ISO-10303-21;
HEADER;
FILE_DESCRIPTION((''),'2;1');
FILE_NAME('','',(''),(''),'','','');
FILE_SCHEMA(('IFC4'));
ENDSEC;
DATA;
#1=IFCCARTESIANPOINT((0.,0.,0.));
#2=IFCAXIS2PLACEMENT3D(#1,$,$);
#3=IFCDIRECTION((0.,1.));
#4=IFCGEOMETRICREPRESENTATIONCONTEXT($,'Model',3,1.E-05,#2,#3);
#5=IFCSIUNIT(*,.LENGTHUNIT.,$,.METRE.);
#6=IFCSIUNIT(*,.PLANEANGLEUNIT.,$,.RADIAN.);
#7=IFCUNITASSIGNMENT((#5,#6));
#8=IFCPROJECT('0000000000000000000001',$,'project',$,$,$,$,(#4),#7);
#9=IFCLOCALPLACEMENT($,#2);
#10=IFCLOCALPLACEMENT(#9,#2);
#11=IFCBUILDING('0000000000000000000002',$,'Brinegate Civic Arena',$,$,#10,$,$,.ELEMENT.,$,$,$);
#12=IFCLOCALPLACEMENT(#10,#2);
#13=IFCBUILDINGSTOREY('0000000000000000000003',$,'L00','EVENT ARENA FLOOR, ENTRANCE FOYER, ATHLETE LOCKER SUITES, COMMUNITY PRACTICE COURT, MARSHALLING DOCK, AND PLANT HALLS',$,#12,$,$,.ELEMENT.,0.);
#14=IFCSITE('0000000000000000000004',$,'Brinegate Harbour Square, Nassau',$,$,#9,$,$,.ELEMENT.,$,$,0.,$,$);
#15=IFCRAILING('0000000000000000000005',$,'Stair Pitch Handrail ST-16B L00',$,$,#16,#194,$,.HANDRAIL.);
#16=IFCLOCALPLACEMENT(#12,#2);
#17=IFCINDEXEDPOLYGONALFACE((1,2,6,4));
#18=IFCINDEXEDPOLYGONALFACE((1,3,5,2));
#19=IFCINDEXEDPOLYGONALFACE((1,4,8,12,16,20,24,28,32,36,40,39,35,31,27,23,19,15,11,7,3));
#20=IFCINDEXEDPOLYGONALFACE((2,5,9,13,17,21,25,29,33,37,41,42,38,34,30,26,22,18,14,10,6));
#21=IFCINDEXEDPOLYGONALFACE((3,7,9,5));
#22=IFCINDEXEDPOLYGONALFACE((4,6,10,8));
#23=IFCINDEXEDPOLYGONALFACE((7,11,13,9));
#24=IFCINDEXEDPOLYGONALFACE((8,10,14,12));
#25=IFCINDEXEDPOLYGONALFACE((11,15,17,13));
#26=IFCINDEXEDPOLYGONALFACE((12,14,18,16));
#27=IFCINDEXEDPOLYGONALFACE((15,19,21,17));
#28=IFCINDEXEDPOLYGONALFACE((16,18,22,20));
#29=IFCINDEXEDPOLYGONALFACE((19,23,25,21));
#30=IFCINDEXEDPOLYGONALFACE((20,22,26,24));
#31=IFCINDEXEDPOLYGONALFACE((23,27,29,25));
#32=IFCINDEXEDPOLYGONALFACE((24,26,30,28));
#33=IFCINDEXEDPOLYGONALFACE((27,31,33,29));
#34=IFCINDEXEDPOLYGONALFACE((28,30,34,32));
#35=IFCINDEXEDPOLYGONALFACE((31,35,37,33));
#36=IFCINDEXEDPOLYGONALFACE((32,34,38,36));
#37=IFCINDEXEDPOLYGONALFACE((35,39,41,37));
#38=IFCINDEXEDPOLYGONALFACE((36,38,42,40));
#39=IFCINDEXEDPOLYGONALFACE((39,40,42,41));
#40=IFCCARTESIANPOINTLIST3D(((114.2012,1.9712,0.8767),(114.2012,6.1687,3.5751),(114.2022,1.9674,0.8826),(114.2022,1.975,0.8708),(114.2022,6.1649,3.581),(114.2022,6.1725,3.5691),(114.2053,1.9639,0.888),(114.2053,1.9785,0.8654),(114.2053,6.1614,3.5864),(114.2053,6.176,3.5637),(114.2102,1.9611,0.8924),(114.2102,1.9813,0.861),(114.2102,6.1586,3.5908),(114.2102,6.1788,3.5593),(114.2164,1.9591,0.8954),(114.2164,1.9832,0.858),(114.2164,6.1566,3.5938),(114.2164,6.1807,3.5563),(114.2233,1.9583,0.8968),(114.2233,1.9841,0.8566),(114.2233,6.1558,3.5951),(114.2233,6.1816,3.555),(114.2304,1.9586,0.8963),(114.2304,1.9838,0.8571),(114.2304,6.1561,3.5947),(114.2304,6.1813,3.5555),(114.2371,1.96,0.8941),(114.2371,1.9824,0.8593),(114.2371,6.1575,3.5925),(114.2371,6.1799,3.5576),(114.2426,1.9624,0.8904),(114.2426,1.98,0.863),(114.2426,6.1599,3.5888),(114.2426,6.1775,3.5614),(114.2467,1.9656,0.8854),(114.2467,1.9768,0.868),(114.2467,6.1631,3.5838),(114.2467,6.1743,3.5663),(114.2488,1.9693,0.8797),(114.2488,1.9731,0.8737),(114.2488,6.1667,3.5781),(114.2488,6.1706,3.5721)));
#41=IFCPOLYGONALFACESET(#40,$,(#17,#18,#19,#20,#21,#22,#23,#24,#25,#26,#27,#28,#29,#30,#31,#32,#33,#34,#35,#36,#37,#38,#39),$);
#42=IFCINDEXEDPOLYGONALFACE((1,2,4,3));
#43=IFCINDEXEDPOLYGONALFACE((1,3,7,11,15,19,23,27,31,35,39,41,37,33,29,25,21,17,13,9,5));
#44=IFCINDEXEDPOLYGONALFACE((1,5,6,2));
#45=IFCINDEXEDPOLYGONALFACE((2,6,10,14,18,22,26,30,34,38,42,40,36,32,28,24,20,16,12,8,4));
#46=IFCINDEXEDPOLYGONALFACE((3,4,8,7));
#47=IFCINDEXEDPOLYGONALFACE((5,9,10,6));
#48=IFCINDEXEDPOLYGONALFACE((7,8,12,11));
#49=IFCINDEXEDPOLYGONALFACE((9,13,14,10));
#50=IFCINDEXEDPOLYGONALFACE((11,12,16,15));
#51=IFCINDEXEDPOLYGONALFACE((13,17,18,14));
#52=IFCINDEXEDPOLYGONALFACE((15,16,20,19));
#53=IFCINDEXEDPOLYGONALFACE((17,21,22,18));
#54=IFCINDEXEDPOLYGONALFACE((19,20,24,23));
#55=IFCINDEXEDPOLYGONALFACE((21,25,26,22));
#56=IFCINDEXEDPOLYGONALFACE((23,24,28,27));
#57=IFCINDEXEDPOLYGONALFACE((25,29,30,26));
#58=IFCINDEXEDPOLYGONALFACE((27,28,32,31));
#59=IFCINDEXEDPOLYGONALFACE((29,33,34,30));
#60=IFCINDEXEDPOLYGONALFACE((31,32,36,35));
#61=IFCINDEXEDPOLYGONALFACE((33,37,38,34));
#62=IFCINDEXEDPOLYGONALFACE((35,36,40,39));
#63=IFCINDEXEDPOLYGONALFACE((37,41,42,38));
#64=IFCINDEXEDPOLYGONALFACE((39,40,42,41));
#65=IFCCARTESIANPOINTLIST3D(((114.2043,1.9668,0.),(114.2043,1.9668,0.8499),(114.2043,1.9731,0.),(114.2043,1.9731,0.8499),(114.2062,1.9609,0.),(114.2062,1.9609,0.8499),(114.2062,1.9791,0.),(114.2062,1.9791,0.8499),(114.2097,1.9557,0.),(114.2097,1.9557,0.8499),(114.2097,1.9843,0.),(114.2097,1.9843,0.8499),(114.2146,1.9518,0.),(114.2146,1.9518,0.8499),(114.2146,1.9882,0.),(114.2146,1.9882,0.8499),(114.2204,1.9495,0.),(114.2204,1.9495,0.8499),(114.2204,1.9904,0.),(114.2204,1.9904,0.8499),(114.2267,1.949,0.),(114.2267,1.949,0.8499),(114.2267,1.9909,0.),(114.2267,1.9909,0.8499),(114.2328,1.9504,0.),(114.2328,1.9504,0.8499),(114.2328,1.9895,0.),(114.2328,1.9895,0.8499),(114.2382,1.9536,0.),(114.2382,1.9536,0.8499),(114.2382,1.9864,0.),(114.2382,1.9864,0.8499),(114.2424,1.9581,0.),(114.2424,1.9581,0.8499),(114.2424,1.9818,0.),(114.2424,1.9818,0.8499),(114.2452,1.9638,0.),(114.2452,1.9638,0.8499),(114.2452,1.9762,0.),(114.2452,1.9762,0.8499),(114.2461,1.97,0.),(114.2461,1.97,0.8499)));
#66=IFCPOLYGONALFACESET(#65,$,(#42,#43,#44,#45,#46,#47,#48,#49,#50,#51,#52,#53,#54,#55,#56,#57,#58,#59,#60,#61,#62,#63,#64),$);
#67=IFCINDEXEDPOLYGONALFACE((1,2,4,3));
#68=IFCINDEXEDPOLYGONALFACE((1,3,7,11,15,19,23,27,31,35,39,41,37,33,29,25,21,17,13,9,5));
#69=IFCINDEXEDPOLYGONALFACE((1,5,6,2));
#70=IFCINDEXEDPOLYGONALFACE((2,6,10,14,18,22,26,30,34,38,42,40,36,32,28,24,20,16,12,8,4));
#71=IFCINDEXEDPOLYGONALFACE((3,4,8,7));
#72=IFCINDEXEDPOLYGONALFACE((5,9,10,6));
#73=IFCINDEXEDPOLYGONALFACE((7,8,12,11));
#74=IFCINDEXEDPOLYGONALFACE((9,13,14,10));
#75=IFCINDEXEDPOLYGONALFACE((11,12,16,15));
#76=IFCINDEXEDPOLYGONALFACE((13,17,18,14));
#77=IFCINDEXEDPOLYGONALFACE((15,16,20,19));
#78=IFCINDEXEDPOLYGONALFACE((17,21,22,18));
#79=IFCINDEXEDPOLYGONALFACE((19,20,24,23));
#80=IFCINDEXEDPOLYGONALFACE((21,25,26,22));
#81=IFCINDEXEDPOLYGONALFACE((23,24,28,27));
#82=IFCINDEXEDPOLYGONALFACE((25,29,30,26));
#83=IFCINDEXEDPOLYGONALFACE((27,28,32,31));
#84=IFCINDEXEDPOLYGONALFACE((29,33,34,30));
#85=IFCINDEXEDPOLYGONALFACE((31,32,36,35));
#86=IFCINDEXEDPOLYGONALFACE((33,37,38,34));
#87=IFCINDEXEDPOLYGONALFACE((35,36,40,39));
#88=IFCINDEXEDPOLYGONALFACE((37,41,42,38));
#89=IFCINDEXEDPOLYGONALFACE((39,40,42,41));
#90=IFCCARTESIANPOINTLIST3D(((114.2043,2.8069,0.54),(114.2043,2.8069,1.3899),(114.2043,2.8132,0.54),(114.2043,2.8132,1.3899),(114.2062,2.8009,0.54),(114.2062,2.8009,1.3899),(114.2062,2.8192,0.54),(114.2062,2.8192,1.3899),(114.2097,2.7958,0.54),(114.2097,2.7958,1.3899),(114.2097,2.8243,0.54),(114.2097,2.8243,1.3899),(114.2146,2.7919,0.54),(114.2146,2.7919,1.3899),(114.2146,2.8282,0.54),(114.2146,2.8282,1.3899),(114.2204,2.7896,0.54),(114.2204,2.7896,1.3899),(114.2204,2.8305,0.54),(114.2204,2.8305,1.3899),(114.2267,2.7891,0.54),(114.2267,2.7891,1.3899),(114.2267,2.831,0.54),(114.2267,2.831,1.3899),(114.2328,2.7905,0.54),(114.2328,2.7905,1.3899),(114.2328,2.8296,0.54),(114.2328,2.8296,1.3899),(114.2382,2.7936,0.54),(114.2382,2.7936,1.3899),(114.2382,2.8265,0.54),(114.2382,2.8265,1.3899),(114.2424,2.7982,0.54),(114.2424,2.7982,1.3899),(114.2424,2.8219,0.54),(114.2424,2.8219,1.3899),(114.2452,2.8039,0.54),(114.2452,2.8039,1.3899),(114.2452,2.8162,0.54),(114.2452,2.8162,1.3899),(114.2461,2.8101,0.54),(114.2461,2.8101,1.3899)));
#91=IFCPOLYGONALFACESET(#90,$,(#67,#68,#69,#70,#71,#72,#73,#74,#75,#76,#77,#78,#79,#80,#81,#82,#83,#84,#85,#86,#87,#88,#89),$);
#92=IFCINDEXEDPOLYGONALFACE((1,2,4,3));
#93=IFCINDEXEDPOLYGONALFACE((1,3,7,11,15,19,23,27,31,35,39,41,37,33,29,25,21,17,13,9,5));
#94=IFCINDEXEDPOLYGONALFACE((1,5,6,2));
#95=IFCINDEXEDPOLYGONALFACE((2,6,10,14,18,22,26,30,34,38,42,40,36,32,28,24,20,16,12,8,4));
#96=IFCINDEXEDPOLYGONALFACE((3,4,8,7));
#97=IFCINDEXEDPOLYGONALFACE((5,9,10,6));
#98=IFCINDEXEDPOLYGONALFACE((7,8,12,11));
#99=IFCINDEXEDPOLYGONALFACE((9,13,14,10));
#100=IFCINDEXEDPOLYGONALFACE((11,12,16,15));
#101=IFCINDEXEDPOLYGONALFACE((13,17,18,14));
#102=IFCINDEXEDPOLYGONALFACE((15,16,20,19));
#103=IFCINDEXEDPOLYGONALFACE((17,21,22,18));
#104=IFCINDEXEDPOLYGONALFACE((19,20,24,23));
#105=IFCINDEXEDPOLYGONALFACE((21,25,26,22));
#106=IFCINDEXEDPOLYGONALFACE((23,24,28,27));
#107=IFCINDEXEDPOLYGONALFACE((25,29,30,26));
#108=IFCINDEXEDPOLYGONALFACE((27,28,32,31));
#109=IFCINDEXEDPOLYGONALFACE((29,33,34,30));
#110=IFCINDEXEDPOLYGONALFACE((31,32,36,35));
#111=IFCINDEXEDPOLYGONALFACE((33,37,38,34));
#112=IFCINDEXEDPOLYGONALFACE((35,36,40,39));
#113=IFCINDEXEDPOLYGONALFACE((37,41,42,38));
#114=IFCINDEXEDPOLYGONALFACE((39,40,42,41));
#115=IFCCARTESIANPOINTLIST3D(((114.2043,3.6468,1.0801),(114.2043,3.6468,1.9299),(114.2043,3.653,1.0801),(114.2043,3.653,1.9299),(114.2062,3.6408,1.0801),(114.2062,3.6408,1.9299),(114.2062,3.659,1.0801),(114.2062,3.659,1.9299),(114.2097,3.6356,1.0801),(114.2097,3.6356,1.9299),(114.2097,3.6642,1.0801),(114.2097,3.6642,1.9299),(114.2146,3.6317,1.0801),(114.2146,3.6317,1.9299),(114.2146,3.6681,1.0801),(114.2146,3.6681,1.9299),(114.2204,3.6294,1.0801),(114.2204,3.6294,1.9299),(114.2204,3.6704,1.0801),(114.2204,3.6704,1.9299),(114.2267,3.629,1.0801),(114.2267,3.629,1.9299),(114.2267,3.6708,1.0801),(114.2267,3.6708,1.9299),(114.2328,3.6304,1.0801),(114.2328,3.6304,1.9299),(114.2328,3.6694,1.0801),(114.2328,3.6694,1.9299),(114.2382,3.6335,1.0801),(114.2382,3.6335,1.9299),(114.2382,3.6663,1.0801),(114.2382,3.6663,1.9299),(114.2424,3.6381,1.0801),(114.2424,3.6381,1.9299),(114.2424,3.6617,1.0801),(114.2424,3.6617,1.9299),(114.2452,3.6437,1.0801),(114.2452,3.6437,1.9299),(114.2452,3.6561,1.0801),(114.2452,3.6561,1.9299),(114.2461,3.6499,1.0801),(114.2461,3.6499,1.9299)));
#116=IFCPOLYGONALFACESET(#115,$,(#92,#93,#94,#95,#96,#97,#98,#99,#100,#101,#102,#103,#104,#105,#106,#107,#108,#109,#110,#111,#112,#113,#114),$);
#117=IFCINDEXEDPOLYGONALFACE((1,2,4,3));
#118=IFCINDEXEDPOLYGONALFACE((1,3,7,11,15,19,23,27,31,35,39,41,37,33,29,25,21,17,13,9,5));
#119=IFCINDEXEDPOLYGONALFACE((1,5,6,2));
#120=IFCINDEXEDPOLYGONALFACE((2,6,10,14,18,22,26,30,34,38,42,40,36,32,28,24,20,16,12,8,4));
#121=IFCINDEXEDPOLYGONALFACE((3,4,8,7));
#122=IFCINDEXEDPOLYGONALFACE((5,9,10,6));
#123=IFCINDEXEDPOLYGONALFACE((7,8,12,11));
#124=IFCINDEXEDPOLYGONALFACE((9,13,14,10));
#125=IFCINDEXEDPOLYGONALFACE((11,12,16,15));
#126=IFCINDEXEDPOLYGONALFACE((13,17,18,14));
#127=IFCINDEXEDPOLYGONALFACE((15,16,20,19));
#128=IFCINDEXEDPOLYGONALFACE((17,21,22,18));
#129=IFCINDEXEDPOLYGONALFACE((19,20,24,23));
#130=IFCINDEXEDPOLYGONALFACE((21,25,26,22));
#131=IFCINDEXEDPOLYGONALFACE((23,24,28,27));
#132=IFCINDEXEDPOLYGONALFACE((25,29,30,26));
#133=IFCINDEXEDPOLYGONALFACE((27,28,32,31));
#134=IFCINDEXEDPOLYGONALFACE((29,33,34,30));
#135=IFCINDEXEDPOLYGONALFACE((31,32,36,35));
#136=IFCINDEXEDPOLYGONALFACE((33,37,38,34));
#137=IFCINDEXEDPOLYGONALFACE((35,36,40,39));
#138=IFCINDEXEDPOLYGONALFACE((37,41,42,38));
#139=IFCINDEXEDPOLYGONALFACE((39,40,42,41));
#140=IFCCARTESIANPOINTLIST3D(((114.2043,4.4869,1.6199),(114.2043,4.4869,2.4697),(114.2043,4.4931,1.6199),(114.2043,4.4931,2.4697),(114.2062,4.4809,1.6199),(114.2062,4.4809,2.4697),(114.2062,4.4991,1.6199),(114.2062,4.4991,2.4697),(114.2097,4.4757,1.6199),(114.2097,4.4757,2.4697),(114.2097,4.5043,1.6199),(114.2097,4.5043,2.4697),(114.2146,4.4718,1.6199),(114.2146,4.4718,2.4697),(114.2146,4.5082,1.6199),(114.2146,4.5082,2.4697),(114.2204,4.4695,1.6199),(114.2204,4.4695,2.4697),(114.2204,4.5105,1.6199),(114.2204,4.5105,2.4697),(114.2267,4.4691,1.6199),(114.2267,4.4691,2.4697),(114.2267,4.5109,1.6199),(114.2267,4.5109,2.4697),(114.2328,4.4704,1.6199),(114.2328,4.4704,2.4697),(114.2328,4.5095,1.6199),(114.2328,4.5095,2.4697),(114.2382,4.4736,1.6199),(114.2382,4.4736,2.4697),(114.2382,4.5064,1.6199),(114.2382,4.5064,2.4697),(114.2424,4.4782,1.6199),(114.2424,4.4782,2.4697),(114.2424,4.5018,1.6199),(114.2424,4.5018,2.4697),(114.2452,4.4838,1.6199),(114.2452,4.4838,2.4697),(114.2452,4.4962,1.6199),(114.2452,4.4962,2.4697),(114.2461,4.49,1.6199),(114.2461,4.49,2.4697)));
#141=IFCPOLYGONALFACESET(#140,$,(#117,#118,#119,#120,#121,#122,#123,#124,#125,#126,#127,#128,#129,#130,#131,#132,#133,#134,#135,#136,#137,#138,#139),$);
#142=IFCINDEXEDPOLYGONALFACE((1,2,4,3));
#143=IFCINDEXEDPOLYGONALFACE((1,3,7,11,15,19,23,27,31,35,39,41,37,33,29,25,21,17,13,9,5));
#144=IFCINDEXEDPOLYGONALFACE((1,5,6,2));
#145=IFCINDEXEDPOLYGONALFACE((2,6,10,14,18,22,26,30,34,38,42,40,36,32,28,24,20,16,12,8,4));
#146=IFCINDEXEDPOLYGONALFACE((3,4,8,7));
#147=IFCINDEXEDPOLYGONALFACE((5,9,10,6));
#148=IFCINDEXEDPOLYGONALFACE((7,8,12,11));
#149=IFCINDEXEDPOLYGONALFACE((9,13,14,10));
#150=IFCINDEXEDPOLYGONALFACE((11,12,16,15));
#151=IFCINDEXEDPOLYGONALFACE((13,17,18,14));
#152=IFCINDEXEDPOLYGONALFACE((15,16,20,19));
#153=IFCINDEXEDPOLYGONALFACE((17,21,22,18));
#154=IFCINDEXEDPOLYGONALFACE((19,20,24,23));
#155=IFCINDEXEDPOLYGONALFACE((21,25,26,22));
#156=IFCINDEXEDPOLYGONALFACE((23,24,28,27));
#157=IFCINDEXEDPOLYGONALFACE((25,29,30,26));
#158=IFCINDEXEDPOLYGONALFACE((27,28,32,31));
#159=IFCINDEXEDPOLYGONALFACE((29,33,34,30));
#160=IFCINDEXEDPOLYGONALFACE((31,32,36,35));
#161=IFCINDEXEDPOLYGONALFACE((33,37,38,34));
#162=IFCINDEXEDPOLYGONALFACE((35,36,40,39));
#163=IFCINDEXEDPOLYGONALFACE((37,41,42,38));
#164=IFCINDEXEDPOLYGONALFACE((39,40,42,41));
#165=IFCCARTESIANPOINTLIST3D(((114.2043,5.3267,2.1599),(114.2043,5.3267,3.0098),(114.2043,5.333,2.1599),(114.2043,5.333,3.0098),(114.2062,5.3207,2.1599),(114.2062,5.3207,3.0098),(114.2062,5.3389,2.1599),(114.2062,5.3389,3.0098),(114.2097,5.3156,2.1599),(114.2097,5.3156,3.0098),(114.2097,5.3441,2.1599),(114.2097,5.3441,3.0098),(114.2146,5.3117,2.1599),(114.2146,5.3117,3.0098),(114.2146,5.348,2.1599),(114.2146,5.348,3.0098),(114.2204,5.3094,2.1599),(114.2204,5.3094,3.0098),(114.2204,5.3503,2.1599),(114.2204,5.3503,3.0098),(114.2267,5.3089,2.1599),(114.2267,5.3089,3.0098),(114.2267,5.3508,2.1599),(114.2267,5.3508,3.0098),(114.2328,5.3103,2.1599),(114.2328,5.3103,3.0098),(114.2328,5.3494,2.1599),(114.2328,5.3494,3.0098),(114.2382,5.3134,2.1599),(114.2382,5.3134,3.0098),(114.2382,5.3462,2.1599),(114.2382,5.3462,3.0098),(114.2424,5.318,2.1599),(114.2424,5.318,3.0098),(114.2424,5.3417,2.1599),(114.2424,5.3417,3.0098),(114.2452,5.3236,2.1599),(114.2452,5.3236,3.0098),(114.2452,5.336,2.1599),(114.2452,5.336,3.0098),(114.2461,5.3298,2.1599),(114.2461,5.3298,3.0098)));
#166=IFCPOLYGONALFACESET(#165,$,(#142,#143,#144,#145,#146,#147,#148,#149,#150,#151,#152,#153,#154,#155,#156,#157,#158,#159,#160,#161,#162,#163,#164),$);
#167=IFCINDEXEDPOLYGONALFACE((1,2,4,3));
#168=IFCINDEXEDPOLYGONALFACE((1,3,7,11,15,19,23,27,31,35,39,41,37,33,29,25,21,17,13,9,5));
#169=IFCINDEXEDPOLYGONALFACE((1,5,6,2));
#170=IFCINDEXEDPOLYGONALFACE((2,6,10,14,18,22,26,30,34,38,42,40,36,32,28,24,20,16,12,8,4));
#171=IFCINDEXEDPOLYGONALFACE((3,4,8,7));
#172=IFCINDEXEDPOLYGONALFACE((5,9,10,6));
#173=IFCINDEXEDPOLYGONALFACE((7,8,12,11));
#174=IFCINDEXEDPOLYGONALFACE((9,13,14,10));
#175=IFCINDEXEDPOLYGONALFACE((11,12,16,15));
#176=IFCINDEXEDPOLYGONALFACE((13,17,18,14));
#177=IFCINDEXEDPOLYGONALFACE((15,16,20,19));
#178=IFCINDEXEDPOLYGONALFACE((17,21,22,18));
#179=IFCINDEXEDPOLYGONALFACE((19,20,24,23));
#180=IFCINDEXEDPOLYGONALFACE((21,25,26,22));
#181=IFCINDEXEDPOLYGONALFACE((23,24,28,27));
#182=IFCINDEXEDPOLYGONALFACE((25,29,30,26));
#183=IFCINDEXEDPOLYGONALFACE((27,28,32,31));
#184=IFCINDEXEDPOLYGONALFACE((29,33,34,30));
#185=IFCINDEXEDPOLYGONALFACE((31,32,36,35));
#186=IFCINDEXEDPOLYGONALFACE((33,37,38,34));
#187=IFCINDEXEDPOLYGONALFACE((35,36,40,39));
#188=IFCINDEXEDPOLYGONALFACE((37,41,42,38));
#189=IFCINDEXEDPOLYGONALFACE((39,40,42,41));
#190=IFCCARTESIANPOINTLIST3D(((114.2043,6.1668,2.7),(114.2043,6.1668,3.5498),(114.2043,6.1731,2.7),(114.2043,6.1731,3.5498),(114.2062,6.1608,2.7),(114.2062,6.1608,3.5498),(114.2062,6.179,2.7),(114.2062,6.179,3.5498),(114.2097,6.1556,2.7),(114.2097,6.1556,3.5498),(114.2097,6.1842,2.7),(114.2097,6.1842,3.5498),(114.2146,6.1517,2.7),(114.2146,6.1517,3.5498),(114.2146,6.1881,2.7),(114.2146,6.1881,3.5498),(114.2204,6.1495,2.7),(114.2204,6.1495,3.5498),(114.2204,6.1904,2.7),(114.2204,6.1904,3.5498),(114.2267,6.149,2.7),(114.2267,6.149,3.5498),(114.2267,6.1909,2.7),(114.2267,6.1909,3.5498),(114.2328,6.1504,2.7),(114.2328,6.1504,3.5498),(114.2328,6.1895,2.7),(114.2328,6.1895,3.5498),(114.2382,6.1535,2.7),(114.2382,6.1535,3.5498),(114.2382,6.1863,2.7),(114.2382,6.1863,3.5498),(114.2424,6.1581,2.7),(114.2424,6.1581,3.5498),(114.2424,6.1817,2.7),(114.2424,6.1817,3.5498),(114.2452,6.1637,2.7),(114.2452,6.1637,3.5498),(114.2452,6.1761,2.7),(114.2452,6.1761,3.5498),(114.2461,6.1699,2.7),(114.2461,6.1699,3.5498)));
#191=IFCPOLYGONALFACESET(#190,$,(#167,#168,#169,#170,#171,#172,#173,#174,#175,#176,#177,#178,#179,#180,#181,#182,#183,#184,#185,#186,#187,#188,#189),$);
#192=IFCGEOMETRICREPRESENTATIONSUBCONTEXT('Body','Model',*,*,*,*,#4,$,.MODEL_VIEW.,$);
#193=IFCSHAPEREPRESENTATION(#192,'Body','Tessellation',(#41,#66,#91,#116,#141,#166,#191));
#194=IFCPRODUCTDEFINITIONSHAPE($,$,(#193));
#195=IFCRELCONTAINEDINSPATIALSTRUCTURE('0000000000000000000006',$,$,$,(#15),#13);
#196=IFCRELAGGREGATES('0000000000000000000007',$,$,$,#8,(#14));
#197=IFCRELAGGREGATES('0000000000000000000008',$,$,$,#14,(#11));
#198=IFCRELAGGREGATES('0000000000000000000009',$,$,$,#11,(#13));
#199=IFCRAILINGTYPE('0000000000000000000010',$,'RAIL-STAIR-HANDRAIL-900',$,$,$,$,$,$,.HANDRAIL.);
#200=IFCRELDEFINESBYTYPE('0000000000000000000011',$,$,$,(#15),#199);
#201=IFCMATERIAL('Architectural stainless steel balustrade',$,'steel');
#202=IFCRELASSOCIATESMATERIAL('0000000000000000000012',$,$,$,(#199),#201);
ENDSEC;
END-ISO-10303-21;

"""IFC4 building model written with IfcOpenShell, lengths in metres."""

from ifc_helpers import new_model, si_unit, direction, frame, origin, origin_2d, place, context, subcontext, project, spatial, circle, extrude, material, type_object, element, save


model = new_model("IFC4")

# Units and contexts
model_context = context("Model", 3, precision=1e-05, world=origin(), true_north=direction((0.0, 1.0)))
body_context = subcontext(model_context, "Body", "Model", "MODEL_VIEW")
ifc_project = project(units=[si_unit("LENGTHUNIT", "METRE"), si_unit("PLANEANGLEUNIT", "RADIAN")], contexts=[model_context])

# Site, building, storey
site_placement = place(None, origin())
site = spatial("IfcSite", under=ifc_project, at=site_placement, Name="Brinegate Harbour Square, Nassau", CompositionType="ELEMENT", RefElevation=0.0)
building_placement = place(site_placement, origin())
building = spatial("IfcBuilding", under=site, at=building_placement, Name="Brinegate Civic Arena", CompositionType="ELEMENT")
storey_placement = place(building_placement, origin())
storey = spatial("IfcBuildingStorey", under=building, at=storey_placement, Name="L00", Description="EVENT ARENA FLOOR, ENTRANCE FOYER, ATHLETE LOCKER SUITES, COMMUNITY PRACTICE COURT, MARSHALLING DOCK, AND PLANT HALLS", CompositionType="ELEMENT", Elevation=0.0)

# Railing
ifc_material_1 = material(Name="Architectural stainless steel balustrade", Category="steel")
railing_type = type_object("IfcRailingType", Name="RAIL-STAIR-HANDRAIL-900", PredefinedType="HANDRAIL", material=ifc_material_1)
for number, where, name in (
    (1, (114.2251, 1.97, 0.0), "Stair Pitch Handrail ST-16B L00"),
):
    element("IfcRailing", number, at=place(storey_placement, frame(where)), inside=storey, type_object=railing_type, Name=name, PredefinedType="HANDRAIL", context=body_context, shape_type="SweptSolid", body=[
        extrude(circle(Radius=0.0239, at=origin_2d()), frame((0.0, 0.0012, 0.8767), z_axis=(0.0, 0.84118, 0.540755), x_axis=(-1.0, 0.0, 0.0)), (0.0, 0.0, 1.0), 4.99),
        extrude(circle(Radius=0.021, at=origin_2d()), origin(), (0.0, 0.0, 1.0), 0.8499),
        extrude(circle(Radius=0.021, at=origin_2d()), frame((0.0, 0.8401, 0.54)), (0.0, 0.0, 1.0), 0.8499),
        extrude(circle(Radius=0.021, at=origin_2d()), frame((0.0, 1.6799, 1.0801)), (0.0, 0.0, 1.0), 0.8499),
        extrude(circle(Radius=0.021, at=origin_2d()), frame((0.0, 2.52, 1.6199)), (0.0, 0.0, 1.0), 0.8499),
        extrude(circle(Radius=0.021, at=origin_2d()), frame((0.0, 3.3599, 2.1599)), (0.0, 0.0, 1.0), 0.8499),
        extrude(circle(Radius=0.021, at=origin_2d()), frame((0.0, 4.2, 2.7)), (0.0, 0.0, 1.0), 0.8499),
    ])

save(model, "model.ifc")
